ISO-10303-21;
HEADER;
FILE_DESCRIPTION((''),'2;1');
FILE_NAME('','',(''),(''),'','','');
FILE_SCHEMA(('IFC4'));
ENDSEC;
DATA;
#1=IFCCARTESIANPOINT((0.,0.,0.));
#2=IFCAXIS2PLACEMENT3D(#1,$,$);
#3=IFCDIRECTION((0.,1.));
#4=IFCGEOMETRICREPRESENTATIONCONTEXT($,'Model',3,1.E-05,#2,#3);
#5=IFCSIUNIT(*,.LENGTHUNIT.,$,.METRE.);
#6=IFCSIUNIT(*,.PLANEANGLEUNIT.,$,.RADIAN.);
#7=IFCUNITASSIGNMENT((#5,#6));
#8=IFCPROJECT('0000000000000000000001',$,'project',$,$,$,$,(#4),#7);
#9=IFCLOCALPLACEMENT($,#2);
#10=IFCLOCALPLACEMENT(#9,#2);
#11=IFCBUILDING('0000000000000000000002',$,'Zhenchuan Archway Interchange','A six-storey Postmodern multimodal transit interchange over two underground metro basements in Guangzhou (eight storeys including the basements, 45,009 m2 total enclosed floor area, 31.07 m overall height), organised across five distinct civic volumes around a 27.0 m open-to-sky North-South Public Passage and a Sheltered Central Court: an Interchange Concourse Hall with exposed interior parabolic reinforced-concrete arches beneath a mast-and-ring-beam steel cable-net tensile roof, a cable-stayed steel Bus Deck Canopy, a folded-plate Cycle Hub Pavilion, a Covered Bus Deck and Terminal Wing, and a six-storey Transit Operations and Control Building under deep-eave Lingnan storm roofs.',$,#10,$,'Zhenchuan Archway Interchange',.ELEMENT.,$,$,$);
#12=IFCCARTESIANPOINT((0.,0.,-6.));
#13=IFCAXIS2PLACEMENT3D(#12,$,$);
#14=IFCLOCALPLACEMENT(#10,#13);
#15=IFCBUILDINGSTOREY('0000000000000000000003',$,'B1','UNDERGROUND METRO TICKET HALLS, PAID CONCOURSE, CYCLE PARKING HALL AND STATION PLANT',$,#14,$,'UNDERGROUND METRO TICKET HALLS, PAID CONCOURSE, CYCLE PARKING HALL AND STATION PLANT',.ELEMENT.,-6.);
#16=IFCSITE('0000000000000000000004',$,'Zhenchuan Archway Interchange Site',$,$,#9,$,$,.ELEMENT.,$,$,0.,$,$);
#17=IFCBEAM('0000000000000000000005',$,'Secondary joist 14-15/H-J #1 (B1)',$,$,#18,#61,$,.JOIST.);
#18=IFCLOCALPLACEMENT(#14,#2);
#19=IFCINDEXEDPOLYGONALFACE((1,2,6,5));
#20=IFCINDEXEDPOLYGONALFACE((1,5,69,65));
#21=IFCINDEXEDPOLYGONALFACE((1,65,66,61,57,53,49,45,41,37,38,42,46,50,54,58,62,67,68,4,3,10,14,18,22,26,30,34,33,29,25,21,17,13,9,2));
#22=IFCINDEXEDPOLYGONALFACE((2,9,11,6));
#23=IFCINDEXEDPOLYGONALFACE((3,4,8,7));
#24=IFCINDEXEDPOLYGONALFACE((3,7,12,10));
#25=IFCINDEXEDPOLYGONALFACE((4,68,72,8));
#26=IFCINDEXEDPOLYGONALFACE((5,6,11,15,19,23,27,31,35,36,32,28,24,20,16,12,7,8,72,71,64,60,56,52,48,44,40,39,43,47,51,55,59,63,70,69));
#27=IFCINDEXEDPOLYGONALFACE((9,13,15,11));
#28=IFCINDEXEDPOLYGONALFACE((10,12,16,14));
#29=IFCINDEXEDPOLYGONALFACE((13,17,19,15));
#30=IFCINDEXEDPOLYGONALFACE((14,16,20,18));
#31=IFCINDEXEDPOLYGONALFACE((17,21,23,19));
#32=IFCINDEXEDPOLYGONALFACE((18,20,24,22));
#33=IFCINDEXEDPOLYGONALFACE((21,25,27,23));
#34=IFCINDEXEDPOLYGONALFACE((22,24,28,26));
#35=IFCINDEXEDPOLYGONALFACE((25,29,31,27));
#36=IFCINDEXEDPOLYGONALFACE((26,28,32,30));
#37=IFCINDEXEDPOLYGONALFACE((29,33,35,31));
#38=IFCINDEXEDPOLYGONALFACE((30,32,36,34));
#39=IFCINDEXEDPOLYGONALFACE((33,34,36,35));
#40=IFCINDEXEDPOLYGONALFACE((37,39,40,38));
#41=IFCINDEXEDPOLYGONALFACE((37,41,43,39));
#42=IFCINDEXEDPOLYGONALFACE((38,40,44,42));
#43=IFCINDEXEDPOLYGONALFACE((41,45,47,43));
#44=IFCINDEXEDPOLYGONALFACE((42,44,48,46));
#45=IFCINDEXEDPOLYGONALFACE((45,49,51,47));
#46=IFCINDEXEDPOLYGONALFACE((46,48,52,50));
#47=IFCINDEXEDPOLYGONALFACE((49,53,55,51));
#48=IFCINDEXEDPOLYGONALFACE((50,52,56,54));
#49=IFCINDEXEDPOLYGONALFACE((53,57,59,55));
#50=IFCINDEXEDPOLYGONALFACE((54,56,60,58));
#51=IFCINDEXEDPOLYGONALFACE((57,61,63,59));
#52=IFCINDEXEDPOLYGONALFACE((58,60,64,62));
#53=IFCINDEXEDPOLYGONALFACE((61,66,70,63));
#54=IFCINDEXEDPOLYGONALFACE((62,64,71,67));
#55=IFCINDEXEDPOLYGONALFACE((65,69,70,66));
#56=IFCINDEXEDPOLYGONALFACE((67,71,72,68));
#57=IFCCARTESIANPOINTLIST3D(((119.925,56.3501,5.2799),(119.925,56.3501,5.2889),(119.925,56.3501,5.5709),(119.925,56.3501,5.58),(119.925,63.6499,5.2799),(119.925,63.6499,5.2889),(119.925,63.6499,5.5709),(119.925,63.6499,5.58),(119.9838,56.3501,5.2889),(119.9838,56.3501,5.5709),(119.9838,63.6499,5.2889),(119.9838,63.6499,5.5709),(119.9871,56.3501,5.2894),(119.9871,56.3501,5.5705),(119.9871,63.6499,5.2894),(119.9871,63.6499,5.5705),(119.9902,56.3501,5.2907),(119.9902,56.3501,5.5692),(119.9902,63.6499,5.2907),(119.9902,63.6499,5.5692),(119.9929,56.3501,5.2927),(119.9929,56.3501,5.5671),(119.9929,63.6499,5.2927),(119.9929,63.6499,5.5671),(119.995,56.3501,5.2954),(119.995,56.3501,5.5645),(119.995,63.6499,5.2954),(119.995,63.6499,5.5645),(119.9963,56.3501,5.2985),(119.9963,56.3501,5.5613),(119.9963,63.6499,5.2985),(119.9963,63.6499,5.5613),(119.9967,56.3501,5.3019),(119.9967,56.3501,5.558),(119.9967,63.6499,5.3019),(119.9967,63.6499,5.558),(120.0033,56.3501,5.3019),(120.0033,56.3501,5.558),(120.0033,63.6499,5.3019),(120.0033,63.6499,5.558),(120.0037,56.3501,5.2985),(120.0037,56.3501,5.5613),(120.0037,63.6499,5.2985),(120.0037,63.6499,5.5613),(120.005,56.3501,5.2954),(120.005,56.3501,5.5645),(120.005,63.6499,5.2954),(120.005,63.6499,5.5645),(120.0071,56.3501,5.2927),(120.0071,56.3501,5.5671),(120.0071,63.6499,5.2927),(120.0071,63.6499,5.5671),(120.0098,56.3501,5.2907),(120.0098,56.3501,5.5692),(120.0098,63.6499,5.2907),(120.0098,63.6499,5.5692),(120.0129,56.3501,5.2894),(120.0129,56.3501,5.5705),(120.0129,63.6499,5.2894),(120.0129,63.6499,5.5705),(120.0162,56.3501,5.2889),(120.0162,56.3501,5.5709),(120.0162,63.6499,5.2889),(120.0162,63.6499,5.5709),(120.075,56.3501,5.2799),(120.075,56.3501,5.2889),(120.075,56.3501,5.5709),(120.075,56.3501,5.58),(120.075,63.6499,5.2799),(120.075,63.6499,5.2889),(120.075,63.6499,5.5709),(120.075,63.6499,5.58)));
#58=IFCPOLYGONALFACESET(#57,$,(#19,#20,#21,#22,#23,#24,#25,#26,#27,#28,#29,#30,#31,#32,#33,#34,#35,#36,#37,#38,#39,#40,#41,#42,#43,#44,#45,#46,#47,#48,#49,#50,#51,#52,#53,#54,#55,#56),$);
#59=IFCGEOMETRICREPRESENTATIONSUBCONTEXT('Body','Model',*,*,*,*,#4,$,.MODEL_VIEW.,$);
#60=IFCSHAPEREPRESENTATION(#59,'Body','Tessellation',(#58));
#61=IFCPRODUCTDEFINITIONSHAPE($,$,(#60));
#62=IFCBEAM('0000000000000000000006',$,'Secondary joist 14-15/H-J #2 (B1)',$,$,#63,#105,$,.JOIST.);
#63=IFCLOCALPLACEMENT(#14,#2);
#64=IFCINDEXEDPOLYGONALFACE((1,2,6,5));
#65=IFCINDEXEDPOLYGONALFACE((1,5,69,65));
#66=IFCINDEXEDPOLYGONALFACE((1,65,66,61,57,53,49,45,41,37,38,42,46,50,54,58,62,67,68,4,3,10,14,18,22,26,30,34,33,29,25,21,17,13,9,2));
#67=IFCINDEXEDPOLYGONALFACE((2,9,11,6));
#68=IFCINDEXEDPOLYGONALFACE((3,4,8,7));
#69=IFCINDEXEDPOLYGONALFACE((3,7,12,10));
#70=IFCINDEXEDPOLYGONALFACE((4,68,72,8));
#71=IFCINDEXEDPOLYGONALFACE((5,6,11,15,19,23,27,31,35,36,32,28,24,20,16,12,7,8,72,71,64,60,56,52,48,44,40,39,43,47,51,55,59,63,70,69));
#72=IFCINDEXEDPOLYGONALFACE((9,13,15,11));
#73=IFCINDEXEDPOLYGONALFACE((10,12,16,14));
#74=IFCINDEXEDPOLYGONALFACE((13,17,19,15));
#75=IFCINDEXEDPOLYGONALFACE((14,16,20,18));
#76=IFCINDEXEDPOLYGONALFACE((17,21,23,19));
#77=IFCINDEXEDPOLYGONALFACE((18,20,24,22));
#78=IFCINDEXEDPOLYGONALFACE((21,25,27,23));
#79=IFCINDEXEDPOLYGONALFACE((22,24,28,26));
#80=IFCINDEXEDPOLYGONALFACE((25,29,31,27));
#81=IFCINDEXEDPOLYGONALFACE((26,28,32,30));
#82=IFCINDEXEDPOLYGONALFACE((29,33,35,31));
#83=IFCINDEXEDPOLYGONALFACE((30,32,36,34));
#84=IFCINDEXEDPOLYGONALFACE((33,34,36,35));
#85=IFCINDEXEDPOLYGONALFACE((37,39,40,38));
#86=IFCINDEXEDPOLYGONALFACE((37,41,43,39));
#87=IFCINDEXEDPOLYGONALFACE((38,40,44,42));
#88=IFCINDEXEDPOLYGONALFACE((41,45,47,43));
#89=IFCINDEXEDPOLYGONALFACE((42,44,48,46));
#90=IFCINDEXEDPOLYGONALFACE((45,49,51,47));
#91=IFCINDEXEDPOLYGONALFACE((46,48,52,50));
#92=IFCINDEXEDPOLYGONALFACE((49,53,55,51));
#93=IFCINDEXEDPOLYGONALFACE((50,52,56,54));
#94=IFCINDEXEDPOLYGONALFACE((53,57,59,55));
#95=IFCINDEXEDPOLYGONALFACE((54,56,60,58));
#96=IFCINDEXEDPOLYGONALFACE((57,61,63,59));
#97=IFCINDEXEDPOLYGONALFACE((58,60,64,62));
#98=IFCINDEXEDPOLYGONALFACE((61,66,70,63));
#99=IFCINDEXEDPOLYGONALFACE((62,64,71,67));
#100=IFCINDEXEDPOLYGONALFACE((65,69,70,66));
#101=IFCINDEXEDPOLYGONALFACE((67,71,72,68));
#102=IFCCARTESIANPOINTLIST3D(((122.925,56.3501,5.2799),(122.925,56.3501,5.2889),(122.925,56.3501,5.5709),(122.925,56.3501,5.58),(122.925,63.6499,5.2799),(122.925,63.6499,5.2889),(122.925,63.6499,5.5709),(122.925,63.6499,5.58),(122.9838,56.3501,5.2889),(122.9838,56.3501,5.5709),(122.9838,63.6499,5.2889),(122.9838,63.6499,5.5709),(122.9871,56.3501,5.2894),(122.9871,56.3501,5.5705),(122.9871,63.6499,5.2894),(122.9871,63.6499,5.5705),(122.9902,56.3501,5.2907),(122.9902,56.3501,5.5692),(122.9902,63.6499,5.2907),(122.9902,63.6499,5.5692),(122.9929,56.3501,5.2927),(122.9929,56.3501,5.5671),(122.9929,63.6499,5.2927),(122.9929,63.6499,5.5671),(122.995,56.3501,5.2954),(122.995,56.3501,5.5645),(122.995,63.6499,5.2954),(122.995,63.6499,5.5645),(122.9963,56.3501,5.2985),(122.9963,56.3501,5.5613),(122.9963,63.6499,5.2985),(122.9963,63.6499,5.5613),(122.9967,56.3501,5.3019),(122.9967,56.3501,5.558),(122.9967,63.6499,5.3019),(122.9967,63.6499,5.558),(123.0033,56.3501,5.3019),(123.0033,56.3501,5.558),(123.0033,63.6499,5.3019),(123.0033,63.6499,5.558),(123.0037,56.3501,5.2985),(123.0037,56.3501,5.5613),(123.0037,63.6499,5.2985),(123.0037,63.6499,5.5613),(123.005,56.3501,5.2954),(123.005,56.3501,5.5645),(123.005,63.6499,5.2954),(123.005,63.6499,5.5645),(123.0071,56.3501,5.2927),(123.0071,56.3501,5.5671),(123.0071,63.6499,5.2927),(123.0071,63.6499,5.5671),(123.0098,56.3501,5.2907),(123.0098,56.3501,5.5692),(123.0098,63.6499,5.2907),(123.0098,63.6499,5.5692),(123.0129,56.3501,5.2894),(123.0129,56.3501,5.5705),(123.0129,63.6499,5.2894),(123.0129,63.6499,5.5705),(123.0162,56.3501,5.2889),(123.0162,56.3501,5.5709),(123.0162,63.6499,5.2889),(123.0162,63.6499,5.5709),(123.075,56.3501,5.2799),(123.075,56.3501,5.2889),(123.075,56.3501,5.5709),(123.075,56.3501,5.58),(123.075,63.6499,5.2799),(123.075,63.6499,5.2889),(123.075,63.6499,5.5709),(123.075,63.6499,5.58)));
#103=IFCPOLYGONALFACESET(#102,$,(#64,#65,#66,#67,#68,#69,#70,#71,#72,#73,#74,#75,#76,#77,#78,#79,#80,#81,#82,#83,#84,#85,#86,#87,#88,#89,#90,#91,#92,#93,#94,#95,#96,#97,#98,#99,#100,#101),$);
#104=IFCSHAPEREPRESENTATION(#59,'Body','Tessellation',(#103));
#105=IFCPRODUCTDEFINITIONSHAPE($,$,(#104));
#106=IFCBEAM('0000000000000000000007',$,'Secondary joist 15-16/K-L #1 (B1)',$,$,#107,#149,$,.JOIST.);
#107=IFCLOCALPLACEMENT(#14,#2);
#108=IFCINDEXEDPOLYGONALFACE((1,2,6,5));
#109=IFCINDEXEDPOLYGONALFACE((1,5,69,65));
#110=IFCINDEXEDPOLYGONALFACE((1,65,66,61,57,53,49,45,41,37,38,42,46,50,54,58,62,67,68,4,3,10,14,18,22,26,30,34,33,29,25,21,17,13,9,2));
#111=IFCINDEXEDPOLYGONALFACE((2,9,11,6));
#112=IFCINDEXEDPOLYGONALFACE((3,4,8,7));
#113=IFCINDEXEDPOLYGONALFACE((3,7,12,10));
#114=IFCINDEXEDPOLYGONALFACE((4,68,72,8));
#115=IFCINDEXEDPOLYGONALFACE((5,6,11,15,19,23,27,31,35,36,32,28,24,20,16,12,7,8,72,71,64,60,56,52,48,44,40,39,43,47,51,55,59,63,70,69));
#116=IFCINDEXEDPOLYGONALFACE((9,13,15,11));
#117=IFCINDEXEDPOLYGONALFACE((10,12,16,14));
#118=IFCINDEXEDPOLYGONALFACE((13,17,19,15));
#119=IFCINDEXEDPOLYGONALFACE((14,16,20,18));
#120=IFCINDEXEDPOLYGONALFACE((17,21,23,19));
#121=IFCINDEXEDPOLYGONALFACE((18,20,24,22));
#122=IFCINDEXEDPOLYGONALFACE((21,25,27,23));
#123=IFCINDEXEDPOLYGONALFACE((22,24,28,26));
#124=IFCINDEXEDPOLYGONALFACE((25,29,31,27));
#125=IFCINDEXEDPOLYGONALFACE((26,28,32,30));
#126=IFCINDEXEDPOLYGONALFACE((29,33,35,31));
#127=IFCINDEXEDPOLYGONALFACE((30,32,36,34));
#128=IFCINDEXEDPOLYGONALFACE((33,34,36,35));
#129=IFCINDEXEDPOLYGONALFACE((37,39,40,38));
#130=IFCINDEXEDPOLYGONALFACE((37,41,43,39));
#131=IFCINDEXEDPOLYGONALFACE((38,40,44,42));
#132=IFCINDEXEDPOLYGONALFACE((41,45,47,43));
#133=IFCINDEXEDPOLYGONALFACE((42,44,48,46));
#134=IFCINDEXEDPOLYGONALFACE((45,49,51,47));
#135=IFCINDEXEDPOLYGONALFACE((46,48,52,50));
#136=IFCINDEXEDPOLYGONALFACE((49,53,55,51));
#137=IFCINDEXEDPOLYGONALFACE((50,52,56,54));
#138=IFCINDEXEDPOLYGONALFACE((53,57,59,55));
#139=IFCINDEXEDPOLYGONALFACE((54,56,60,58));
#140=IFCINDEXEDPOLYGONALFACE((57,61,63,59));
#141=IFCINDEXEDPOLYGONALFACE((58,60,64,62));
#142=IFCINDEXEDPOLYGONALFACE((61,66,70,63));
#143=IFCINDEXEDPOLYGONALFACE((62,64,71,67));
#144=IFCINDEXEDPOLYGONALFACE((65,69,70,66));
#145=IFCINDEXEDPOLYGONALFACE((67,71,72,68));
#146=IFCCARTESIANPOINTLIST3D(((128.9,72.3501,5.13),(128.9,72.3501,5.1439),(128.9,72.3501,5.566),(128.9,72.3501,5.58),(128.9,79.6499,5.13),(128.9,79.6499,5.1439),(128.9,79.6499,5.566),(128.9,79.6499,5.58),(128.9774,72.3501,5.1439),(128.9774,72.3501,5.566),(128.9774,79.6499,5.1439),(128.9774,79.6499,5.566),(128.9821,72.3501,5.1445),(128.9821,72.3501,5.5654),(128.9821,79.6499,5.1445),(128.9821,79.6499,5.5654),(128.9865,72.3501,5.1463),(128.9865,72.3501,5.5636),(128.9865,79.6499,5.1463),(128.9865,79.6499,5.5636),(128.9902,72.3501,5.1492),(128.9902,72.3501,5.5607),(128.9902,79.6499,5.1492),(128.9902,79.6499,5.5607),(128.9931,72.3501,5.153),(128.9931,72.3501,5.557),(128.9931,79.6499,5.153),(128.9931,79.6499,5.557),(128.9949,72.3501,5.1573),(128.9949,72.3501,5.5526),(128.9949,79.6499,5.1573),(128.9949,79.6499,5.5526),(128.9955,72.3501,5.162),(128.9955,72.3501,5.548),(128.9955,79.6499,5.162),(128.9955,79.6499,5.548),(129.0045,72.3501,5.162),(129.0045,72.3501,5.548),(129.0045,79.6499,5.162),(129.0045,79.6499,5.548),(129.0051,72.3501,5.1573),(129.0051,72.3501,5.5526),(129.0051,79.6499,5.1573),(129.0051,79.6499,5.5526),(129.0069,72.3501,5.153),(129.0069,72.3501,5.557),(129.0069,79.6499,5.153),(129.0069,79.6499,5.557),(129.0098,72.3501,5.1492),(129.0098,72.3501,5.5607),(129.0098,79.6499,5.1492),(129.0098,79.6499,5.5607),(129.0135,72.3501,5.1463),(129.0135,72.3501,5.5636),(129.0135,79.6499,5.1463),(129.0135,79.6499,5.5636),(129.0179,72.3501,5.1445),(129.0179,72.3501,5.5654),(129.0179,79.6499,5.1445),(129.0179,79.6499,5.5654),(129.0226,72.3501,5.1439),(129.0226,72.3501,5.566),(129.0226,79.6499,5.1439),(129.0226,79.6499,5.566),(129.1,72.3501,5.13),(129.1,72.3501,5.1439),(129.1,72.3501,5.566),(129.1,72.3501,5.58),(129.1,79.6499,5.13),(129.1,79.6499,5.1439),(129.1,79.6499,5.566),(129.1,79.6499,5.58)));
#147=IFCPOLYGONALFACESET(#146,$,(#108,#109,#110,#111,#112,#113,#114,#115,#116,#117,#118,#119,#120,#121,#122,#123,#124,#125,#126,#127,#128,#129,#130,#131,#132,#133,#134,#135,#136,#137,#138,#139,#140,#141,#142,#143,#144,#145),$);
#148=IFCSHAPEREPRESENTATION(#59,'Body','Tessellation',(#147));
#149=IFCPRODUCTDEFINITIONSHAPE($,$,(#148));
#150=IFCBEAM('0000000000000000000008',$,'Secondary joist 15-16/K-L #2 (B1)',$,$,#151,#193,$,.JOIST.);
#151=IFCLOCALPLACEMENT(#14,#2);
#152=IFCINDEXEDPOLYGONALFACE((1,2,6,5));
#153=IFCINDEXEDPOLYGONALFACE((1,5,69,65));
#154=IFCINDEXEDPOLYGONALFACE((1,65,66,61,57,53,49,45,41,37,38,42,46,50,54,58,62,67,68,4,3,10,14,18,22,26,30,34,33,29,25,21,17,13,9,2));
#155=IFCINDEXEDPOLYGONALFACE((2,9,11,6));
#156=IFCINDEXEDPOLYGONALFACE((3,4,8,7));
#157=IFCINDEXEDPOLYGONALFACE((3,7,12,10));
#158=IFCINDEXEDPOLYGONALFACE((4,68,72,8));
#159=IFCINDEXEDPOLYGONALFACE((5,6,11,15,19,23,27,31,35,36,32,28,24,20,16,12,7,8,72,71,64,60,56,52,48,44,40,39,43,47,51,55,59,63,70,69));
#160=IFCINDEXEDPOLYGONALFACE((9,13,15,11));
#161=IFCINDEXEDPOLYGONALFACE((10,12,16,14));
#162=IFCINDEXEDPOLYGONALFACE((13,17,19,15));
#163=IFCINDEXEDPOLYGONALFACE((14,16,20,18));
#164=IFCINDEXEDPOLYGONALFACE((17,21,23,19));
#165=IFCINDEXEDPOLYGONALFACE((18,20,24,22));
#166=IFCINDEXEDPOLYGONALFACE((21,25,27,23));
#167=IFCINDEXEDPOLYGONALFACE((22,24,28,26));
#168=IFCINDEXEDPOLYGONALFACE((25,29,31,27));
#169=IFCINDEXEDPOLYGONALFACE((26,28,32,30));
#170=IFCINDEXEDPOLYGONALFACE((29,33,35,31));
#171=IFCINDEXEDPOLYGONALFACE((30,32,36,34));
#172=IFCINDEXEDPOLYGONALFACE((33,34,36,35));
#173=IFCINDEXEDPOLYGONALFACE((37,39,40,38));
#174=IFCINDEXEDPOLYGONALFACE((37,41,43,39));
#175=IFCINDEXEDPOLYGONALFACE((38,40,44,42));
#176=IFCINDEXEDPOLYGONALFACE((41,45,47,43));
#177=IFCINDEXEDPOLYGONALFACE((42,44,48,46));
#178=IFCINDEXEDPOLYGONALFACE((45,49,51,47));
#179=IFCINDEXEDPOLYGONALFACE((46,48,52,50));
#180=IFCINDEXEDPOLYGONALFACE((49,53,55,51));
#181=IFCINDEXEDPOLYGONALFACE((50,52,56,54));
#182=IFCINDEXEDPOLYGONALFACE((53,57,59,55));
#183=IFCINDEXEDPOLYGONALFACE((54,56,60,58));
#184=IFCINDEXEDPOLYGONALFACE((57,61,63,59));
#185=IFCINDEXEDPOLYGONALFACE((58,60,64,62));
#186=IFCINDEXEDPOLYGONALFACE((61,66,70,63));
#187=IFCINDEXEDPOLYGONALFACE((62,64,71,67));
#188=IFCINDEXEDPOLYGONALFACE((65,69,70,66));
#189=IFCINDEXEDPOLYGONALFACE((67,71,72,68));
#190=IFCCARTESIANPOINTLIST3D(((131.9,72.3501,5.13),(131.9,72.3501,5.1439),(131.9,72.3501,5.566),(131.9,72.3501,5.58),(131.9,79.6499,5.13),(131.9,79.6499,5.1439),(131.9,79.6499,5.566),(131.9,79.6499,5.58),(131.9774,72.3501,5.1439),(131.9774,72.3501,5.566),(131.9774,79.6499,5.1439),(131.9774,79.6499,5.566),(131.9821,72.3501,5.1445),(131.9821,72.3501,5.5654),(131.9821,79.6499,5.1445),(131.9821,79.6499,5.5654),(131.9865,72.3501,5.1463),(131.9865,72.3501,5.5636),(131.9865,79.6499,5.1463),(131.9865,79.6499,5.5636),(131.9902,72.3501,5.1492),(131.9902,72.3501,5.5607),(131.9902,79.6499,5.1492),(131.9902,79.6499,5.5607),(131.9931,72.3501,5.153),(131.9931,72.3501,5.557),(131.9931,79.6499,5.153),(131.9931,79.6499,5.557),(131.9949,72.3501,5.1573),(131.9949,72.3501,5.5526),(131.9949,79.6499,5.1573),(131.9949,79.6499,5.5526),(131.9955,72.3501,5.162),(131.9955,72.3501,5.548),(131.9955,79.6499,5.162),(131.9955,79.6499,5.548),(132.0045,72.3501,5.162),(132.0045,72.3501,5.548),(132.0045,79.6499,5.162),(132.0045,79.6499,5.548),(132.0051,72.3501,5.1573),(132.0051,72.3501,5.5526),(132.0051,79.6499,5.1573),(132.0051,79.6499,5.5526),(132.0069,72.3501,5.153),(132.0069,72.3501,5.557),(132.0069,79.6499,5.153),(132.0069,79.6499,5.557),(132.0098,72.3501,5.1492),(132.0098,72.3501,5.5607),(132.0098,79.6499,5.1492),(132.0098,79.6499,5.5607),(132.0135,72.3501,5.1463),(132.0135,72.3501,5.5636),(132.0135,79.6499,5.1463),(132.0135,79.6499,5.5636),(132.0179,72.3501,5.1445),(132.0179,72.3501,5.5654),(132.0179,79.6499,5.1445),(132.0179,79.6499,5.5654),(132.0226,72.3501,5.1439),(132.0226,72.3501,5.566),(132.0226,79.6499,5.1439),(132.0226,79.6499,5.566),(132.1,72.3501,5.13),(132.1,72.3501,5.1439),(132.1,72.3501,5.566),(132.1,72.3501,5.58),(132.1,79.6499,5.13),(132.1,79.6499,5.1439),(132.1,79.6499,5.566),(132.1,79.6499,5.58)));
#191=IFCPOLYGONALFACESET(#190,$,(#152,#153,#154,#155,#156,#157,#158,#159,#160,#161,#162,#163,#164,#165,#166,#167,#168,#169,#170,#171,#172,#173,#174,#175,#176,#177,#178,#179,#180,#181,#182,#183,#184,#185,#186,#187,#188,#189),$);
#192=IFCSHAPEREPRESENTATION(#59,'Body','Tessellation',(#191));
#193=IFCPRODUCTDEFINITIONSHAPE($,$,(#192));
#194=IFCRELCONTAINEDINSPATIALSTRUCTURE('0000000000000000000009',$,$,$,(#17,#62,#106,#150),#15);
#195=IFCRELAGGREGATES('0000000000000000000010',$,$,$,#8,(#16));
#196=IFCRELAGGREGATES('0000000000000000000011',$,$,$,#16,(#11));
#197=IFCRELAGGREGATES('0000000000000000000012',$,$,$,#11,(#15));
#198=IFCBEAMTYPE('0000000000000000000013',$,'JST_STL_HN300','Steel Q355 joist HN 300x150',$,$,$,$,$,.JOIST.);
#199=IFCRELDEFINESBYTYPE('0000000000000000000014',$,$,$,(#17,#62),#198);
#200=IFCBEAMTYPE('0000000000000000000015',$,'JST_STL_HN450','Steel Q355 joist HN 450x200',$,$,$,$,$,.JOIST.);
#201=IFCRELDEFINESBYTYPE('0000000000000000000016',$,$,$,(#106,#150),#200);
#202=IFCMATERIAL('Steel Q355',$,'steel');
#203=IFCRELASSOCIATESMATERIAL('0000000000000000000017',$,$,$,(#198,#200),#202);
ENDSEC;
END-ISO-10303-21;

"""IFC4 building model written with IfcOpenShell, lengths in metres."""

from ifc_helpers import new_model, si_unit, direction, frame, origin, origin_2d, place, context, subcontext, project, spatial, i_section, extrude, material, material_profile, profile_set, type_object, element, save


model = new_model("IFC4")

# Units and contexts
model_context = context("Model", 3, precision=1e-05, world=origin(), true_north=direction((0.0, 1.0)))
body_context = subcontext(model_context, "Body", "Model", "MODEL_VIEW")
ifc_project = project(units=[si_unit("LENGTHUNIT", "METRE"), si_unit("PLANEANGLEUNIT", "RADIAN")], contexts=[model_context])

# Site, building, storey
site_placement = place(None, origin())
site = spatial("IfcSite", under=ifc_project, at=site_placement, Name="Zhenchuan Archway Interchange Site", CompositionType="ELEMENT", RefElevation=0.0)
building_placement = place(site_placement, origin())
building = spatial("IfcBuilding", under=site, at=building_placement, Name="Zhenchuan Archway Interchange", Description="A six-storey Postmodern multimodal transit interchange over two underground metro basements in Guangzhou (eight storeys including the basements, 45,009 m2 total enclosed floor area, 31.07 m overall height), organised across five distinct civic volumes around a 27.0 m open-to-sky North-South Public Passage and a Sheltered Central Court: an Interchange Concourse Hall with exposed interior parabolic reinforced-concrete arches beneath a mast-and-ring-beam steel cable-net tensile roof, a cable-stayed steel Bus Deck Canopy, a folded-plate Cycle Hub Pavilion, a Covered Bus Deck and Terminal Wing, and a six-storey Transit Operations and Control Building under deep-eave Lingnan storm roofs.", LongName="Zhenchuan Archway Interchange", CompositionType="ELEMENT")
storey_placement = place(building_placement, frame((0.0, 0.0, -6.0)))
storey = spatial("IfcBuildingStorey", under=building, at=storey_placement, Name="B1", Description="UNDERGROUND METRO TICKET HALLS, PAID CONCOURSE, CYCLE PARKING HALL AND STATION PLANT", LongName="UNDERGROUND METRO TICKET HALLS, PAID CONCOURSE, CYCLE PARKING HALL AND STATION PLANT", CompositionType="ELEMENT", Elevation=-6.0)

# Beams
ifc_material_1 = material(Name="Steel Q355", Category="steel")
ifc_material_profile_1 = material_profile(ifc_material_1, i_section(OverallWidth=0.1499, OverallDepth=0.3, WebThickness=0.0066, FlangeThickness=0.009, FilletRadius=0.0129, at=origin_2d()), Name="HN 300x150")
ifc_profile_set_1 = profile_set([ifc_material_profile_1], Name="Steel Q355")
beam_type_1 = type_object("IfcBeamType", Name="JST_STL_HN300", Description="Steel Q355 joist HN 300x150", PredefinedType="JOIST", material=ifc_profile_set_1)
for number, where, z_axis, x_axis, name in (
    (1, (120.0, 56.3501, 5.4299), (0.0, 1.0, 0.0), (-1.0, 0.0, 0.0), "Secondary joist 14-15/H-J #1 (B1)"),
    (2, (123.0, 56.3501, 5.4299), (0.0, 1.0, 0.0), (-1.0, 0.0, 0.0), "Secondary joist 14-15/H-J #2 (B1)"),
):
    element("IfcBeam", number, at=place(storey_placement, frame(where, z_axis=z_axis, x_axis=x_axis)), inside=storey, type_object=beam_type_1, Name=name, PredefinedType="JOIST", context=body_context, shape_type="SweptSolid", body=[
        extrude(i_section(OverallWidth=0.1499, OverallDepth=0.3, WebThickness=0.0066, FlangeThickness=0.009, FilletRadius=0.0129, at=origin_2d()), origin(), (0.0, 0.0, 1.0), 7.2998),
    ])
ifc_material_profile_2 = material_profile(ifc_material_1, i_section(OverallWidth=0.2, OverallDepth=0.45, WebThickness=0.009, FlangeThickness=0.0139, FilletRadius=0.0181, at=origin_2d()), Name="HN 450x200")
ifc_profile_set_2 = profile_set([ifc_material_profile_2], Name="Steel Q355")
beam_type_2 = type_object("IfcBeamType", Name="JST_STL_HN450", Description="Steel Q355 joist HN 450x200", PredefinedType="JOIST", material=ifc_profile_set_2)
for number, where, z_axis, x_axis, name in (
    (3, (129.0, 72.3501, 5.355), (0.0, 1.0, 0.0), (-1.0, 0.0, 0.0), "Secondary joist 15-16/K-L #1 (B1)"),
    (4, (132.0, 72.3501, 5.355), (0.0, 1.0, 0.0), (-1.0, 0.0, 0.0), "Secondary joist 15-16/K-L #2 (B1)"),
):
    element("IfcBeam", number, at=place(storey_placement, frame(where, z_axis=z_axis, x_axis=x_axis)), inside=storey, type_object=beam_type_2, Name=name, PredefinedType="JOIST", context=body_context, shape_type="SweptSolid", body=[
        extrude(i_section(OverallWidth=0.2, OverallDepth=0.45, WebThickness=0.009, FlangeThickness=0.0139, FilletRadius=0.0181, at=origin_2d()), origin(), (0.0, 0.0, 1.0), 7.2998),
    ])

save(model, "model.ifc")
